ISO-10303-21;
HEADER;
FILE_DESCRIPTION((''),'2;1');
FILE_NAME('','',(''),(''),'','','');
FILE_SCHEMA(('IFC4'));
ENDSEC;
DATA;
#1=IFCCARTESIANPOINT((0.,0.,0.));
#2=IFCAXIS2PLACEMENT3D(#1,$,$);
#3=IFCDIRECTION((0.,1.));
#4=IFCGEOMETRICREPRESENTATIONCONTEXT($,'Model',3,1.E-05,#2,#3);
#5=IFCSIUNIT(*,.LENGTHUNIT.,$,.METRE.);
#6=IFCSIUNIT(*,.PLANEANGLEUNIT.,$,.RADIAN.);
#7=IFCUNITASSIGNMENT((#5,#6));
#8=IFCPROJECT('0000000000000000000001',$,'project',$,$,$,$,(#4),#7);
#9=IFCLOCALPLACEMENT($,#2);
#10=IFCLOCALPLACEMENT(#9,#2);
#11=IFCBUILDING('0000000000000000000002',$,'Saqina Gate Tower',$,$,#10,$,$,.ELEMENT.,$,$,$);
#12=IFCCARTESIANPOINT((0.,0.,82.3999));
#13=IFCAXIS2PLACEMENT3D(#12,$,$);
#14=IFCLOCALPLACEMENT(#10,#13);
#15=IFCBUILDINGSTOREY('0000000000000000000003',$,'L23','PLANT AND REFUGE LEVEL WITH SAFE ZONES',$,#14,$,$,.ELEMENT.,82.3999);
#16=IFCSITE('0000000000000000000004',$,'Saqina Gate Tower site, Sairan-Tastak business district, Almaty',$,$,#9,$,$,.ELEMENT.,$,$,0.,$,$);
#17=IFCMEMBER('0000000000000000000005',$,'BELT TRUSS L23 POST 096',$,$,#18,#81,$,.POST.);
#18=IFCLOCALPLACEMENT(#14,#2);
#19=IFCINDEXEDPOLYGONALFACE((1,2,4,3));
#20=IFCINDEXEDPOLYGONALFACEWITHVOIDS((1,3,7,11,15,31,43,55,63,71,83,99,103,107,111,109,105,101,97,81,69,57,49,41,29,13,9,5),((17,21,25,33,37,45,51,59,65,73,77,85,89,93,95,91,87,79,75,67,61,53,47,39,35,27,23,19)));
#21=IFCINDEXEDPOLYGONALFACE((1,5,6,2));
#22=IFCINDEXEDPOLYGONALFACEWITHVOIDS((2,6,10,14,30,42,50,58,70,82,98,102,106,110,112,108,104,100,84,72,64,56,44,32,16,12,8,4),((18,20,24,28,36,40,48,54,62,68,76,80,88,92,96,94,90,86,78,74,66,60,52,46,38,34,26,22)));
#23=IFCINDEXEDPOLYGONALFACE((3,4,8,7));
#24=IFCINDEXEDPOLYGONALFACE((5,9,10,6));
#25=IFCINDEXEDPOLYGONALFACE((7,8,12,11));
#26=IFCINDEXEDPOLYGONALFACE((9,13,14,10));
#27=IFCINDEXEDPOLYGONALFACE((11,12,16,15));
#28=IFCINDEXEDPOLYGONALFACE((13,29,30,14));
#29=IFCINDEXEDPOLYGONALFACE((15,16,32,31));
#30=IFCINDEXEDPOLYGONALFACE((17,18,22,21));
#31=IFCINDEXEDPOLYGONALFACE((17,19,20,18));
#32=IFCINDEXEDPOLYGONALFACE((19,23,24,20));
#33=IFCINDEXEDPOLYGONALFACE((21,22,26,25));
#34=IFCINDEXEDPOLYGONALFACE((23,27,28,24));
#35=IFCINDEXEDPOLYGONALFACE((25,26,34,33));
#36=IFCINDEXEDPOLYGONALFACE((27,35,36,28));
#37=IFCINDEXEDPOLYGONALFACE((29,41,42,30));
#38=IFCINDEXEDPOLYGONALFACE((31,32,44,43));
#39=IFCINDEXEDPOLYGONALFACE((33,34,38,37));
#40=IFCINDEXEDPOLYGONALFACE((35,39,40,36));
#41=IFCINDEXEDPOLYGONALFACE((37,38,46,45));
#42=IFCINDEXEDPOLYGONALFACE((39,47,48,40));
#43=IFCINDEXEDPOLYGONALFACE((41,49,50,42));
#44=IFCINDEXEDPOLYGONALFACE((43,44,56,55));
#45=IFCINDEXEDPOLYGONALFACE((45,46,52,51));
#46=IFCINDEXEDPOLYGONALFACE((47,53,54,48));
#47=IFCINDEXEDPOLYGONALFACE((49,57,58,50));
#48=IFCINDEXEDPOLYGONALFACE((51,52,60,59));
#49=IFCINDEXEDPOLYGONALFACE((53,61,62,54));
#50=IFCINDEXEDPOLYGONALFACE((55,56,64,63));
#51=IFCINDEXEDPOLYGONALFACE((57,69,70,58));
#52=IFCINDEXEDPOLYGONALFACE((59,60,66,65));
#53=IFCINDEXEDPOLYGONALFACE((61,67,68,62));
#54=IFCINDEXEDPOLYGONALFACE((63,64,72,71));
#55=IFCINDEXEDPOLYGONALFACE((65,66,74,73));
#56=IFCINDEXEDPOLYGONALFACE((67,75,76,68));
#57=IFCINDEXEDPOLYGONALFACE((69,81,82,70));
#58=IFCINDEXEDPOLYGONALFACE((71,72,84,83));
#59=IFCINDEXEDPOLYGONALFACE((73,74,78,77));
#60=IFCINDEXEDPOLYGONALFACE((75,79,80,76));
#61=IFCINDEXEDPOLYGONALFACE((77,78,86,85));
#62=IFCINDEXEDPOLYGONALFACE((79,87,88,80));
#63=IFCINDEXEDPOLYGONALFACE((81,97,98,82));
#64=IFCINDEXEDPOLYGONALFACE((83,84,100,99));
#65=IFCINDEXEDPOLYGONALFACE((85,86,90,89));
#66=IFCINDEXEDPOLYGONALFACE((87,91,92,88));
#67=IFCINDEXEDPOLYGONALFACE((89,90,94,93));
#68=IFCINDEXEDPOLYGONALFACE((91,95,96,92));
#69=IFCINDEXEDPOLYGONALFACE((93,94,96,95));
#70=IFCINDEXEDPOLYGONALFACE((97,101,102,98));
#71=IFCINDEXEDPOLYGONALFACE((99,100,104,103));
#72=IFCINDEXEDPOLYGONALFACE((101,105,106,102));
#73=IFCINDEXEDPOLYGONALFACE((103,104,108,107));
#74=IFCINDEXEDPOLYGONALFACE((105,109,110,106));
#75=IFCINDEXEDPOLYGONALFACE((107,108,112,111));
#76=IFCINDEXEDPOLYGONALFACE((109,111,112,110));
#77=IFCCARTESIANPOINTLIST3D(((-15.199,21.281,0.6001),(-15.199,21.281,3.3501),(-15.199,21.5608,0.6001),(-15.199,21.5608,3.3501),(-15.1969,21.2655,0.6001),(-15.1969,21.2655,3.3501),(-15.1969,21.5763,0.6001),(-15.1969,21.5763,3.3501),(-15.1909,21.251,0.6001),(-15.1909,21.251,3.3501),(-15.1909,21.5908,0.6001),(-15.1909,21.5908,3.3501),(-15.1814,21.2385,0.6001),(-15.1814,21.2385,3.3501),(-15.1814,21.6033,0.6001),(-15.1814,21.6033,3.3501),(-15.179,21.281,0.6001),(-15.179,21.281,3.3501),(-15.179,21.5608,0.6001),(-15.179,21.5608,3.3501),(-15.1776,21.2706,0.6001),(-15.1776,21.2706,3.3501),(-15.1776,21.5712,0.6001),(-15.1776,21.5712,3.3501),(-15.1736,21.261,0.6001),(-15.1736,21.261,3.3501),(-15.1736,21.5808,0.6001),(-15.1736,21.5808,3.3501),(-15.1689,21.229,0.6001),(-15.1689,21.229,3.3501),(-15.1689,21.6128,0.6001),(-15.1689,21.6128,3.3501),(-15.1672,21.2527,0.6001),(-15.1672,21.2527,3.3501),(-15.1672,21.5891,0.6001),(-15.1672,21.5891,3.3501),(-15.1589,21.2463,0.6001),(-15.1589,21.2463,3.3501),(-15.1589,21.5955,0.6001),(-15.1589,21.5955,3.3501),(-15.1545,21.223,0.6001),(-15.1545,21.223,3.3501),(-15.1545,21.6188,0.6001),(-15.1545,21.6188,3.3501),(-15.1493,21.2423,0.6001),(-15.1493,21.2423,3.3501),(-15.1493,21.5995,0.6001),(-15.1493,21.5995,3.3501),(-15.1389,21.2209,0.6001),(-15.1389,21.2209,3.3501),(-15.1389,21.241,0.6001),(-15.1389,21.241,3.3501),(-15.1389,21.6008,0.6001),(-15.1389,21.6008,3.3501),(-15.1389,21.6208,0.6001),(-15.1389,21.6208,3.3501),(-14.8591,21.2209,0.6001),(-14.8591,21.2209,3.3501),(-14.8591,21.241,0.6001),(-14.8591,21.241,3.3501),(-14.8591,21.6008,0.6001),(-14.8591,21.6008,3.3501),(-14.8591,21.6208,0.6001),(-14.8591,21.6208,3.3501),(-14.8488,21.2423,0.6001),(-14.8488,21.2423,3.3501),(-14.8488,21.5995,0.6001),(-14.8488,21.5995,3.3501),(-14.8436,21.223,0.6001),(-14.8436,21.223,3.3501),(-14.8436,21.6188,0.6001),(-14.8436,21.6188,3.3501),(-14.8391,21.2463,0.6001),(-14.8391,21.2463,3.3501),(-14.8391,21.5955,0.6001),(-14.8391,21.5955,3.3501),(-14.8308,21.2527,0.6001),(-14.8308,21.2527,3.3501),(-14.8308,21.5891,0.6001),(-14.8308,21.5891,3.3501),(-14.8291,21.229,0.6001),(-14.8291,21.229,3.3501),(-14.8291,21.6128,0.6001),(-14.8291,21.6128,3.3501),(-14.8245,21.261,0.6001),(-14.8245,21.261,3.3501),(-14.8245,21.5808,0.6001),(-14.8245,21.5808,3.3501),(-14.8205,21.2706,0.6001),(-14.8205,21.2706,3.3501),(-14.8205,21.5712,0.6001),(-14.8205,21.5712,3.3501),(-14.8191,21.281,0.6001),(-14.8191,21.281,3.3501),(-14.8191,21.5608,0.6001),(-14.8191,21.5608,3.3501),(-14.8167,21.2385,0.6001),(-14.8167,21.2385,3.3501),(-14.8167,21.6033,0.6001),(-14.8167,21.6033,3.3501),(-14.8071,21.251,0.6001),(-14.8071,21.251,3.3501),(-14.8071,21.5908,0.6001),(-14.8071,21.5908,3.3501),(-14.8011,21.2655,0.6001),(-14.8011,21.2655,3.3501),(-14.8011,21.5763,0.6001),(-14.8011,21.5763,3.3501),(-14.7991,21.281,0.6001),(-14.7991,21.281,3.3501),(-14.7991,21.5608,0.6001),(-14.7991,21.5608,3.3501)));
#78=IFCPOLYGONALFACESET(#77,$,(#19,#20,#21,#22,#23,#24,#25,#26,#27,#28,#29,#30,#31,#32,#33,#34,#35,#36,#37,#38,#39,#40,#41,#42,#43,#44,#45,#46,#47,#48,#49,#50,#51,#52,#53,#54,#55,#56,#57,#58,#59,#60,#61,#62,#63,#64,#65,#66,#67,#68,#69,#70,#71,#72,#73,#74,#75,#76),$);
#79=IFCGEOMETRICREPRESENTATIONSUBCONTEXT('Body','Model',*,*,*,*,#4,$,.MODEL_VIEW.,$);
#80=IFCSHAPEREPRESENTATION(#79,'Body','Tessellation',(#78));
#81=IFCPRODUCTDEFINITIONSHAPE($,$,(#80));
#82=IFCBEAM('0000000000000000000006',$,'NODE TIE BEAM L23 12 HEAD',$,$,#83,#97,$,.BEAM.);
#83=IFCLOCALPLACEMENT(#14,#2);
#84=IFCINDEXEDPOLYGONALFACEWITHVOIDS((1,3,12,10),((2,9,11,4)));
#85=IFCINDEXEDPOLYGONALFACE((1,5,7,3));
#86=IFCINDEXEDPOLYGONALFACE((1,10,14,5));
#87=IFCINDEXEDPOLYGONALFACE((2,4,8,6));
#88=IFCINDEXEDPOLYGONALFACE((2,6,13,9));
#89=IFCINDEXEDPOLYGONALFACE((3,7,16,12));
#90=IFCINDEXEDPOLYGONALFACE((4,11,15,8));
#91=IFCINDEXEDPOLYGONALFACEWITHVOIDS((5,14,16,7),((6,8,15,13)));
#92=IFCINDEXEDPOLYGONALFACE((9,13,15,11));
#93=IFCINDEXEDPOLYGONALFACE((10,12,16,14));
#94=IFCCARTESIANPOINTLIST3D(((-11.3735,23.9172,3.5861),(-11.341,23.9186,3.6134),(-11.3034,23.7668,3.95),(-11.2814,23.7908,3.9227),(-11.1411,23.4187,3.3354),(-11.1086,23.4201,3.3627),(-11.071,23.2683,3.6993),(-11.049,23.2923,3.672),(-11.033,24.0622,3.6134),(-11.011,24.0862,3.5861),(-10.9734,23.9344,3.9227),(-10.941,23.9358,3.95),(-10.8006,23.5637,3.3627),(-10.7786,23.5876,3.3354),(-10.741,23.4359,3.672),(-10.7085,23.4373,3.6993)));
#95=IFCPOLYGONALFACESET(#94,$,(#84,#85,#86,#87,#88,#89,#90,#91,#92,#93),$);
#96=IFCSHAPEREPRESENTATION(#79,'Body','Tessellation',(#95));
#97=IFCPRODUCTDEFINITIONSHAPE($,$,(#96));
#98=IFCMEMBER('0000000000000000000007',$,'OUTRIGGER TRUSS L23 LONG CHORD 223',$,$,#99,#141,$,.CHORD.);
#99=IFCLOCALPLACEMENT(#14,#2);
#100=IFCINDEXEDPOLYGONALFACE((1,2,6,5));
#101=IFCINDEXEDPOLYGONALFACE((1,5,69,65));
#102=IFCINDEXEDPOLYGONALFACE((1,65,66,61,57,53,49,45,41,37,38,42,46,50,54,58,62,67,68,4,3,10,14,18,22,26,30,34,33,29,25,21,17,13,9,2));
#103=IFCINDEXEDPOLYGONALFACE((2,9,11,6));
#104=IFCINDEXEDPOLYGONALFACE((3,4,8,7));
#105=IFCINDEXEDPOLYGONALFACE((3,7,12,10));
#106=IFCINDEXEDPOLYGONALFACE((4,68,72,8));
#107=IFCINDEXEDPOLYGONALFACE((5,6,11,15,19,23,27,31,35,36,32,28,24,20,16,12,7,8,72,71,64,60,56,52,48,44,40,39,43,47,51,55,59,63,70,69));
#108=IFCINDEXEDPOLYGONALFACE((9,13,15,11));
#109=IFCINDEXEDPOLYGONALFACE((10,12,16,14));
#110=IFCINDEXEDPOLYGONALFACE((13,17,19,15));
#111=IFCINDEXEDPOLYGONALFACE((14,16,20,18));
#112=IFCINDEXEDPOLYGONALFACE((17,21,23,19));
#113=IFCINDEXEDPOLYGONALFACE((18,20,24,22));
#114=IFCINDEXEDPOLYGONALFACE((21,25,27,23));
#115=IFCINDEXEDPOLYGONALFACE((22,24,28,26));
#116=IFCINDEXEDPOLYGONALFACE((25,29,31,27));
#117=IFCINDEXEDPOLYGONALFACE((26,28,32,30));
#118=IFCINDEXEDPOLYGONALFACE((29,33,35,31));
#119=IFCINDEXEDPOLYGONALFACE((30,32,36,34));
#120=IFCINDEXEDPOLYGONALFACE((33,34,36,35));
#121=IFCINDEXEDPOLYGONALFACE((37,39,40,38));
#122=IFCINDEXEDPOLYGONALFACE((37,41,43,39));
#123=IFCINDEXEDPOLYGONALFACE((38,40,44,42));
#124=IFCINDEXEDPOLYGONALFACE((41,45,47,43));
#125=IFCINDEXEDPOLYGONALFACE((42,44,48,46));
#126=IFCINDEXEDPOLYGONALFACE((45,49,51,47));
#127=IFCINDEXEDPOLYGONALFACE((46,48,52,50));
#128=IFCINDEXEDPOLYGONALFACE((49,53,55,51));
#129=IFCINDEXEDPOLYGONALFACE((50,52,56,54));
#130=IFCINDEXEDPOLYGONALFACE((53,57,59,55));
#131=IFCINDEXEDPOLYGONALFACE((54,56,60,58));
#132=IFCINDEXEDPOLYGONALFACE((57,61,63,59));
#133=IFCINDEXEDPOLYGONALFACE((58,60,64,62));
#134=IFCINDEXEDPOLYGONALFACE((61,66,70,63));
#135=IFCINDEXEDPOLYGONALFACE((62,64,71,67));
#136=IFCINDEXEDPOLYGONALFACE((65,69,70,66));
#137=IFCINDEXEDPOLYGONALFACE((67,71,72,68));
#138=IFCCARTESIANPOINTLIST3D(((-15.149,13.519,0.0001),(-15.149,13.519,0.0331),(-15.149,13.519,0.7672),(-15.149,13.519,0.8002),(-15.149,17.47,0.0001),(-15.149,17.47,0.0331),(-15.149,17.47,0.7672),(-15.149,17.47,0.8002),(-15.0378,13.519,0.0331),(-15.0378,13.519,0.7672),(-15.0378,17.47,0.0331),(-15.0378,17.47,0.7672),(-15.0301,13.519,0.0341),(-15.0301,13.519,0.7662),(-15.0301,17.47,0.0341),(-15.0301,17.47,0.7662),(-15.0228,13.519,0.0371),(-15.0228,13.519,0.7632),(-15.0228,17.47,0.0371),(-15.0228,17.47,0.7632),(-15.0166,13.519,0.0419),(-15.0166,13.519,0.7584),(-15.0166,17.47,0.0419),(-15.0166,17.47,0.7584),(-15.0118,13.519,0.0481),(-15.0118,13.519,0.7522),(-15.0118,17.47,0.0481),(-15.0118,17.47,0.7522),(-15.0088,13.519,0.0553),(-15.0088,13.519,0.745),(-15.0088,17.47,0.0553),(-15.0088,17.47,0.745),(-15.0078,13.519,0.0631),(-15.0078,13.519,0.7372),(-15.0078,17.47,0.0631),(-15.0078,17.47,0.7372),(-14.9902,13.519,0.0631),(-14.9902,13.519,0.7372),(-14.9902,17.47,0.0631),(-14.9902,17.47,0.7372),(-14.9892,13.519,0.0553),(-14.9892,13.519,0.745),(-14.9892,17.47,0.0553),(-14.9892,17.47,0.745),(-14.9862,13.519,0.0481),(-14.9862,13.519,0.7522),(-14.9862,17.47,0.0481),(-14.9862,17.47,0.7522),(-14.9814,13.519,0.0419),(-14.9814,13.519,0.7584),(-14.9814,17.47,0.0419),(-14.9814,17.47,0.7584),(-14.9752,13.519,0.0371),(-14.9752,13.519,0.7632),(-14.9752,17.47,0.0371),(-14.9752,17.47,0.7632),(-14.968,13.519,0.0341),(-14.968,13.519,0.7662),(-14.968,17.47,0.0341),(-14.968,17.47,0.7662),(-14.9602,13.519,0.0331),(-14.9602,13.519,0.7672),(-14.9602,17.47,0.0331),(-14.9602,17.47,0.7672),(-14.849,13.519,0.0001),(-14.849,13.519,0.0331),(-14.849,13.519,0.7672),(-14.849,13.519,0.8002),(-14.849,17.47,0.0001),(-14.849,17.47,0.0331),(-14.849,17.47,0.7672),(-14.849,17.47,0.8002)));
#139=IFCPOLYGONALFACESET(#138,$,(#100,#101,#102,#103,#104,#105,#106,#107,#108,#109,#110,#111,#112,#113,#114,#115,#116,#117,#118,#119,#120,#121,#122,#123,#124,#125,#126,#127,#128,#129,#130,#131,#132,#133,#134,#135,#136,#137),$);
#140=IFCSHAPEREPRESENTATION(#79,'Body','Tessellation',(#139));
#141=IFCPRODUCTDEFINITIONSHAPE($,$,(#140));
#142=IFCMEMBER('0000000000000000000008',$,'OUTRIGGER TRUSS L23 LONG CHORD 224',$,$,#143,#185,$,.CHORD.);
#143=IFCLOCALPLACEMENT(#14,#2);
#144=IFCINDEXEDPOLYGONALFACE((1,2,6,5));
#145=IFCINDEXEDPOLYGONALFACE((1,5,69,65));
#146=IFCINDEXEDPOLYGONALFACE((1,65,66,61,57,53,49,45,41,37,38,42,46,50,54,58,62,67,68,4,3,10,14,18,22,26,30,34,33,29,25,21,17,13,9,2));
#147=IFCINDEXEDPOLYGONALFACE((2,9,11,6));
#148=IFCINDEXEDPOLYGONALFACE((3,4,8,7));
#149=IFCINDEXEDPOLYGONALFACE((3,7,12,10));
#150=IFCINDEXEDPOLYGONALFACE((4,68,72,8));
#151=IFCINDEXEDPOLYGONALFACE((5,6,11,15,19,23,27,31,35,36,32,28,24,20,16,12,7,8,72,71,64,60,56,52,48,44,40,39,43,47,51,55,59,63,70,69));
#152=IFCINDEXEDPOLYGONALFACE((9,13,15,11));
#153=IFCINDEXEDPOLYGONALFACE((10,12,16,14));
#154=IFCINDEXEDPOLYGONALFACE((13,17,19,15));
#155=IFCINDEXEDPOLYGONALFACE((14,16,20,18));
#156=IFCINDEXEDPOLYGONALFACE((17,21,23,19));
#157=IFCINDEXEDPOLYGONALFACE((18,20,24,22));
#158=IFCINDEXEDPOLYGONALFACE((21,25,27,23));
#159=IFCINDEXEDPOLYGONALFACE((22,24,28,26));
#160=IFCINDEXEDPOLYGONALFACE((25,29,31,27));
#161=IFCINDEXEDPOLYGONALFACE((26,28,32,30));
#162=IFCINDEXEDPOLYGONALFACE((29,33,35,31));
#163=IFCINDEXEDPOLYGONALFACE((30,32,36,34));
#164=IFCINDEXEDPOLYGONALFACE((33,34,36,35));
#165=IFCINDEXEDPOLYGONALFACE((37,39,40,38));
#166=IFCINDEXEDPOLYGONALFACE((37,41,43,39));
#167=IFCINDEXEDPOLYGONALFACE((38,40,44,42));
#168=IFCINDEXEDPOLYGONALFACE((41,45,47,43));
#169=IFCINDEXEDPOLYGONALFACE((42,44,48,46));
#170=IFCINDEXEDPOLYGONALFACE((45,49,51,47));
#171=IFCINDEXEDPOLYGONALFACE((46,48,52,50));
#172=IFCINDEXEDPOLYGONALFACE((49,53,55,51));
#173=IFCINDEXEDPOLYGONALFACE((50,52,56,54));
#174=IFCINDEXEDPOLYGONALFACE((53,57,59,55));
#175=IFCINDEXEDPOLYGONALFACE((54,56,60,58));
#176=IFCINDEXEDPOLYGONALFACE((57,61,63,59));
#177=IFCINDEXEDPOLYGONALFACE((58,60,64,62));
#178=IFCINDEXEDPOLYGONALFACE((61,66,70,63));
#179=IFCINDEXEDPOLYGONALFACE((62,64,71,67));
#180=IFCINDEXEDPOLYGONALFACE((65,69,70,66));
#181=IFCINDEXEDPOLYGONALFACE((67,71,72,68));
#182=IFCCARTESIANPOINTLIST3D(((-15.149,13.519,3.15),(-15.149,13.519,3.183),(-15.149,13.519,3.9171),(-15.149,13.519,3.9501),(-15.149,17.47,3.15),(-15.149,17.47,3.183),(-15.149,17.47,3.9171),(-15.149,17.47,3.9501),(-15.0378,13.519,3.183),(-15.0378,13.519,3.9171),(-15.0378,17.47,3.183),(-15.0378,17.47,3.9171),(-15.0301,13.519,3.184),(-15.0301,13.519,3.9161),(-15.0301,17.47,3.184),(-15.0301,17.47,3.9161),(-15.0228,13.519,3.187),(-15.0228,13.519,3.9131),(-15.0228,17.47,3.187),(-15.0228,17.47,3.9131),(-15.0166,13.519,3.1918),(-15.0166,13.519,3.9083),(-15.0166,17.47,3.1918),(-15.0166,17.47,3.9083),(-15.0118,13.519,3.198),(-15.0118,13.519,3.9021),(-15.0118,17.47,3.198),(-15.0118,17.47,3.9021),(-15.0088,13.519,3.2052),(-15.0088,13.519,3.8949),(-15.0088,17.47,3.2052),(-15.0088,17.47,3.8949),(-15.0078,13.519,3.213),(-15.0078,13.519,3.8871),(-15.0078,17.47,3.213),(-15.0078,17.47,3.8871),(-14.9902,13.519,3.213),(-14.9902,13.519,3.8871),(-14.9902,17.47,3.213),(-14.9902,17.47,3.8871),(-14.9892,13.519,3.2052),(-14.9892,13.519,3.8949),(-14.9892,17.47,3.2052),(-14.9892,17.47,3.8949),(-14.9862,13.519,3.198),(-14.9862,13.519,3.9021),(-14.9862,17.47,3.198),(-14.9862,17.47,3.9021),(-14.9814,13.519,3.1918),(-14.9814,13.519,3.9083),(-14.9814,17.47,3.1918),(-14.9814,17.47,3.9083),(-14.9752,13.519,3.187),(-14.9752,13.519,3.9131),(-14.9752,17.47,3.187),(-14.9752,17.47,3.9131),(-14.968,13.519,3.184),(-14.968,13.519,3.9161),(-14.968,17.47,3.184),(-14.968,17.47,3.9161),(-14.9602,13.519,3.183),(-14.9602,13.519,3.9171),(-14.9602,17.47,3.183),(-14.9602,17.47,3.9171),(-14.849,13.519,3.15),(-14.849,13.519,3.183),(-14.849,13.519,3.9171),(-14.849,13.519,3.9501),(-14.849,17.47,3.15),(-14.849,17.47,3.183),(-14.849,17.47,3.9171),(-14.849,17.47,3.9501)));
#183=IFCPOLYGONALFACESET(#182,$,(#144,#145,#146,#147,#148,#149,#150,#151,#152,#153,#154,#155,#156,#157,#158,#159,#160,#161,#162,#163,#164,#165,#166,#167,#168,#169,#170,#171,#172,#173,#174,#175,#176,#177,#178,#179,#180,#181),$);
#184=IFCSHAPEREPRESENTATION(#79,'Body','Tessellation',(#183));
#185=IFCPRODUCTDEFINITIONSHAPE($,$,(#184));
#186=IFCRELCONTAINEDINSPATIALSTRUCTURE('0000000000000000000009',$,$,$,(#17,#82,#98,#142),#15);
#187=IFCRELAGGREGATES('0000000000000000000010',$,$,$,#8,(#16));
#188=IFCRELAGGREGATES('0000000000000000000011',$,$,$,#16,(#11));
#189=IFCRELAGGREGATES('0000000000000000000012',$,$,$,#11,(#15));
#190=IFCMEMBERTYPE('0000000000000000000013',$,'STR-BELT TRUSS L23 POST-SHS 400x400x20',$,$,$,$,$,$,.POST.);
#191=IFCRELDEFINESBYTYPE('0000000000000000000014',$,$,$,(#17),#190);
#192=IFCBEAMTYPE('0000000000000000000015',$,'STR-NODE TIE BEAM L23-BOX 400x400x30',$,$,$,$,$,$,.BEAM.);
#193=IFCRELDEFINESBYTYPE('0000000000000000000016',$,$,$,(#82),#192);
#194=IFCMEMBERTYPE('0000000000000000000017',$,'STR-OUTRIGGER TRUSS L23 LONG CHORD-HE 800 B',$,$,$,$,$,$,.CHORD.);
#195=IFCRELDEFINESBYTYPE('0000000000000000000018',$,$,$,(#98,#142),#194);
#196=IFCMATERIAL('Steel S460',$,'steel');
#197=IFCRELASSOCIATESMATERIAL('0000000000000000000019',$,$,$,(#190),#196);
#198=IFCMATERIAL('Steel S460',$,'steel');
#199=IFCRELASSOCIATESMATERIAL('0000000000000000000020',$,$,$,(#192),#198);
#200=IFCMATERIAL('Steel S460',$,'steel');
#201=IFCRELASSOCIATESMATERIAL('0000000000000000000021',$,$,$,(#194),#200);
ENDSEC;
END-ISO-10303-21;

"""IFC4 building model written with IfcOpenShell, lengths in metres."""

from ifc_helpers import new_model, si_unit, direction, frame, origin, origin_2d, place, context, subcontext, project, spatial, hollow_rectangle, i_section, extrude, material, material_profile, profile_set, type_object, element, save


model = new_model("IFC4")

# Units and contexts
model_context = context("Model", 3, precision=1e-05, world=origin(), true_north=direction((0.0, 1.0)))
body_context = subcontext(model_context, "Body", "Model", "MODEL_VIEW")
ifc_project = project(units=[si_unit("LENGTHUNIT", "METRE"), si_unit("PLANEANGLEUNIT", "RADIAN")], contexts=[model_context])

# Site, building, storey
site_placement = place(None, origin())
site = spatial("IfcSite", under=ifc_project, at=site_placement, Name="Saqina Gate Tower site, Sairan-Tastak business district, Almaty", CompositionType="ELEMENT", RefElevation=0.0)
building_placement = place(site_placement, origin())
building = spatial("IfcBuilding", under=site, at=building_placement, Name="Saqina Gate Tower", CompositionType="ELEMENT")
storey_placement = place(building_placement, frame((0.0, 0.0, 82.3999)))
storey = spatial("IfcBuildingStorey", under=building, at=storey_placement, Name="L23", Description="PLANT AND REFUGE LEVEL WITH SAFE ZONES", CompositionType="ELEMENT", Elevation=82.3999)

# Member
ifc_material_1 = material(Name="Steel S460", Category="steel")
ifc_material_profile_1 = material_profile(ifc_material_1, hollow_rectangle(XDim=0.3999, YDim=0.3999, WallThickness=0.02, InnerFilletRadius=0.04, OuterFilletRadius=0.0601, at=origin_2d()), Name="SHS 400x400x20")
ifc_profile_set_1 = profile_set([ifc_material_profile_1], Name="Steel S460")
member_type_1 = type_object("IfcMemberType", Name="STR-BELT TRUSS L23 POST-SHS 400x400x20", PredefinedType="POST", material=ifc_profile_set_1)
for number, where, z_axis, x_axis, name in (
    (1, (-14.999, 21.4209, 0.6001), (0.0, 0.0, 1.0), (1.0, 0.0, 0.0), "BELT TRUSS L23 POST 096"),
):
    element("IfcMember", number, at=place(storey_placement, frame(where, z_axis=z_axis, x_axis=x_axis)), inside=storey, type_object=member_type_1, Name=name, PredefinedType="POST", context=body_context, shape_type="SweptSolid", body=[
        extrude(hollow_rectangle(XDim=0.3999, YDim=0.3999, WallThickness=0.02, InnerFilletRadius=0.04, OuterFilletRadius=0.0601, at=origin_2d()), origin(), (0.0, 0.0, 1.0), 2.75),
    ])

# Beam
ifc_material_2 = material(Name="Steel S460", Category="steel")
ifc_material_profile_2 = material_profile(ifc_material_2, hollow_rectangle(XDim=0.3999, YDim=0.3999, WallThickness=0.03, at=origin_2d()), Name="BOX 400x400x30")
ifc_profile_set_2 = profile_set([ifc_material_profile_2], Name="Steel S460")
beam_type = type_object("IfcBeamType", Name="STR-NODE TIE BEAM L23-BOX 400x400x30", PredefinedType="BEAM", material=ifc_profile_set_2)
beam_placement = place(storey_placement, frame((-10.9248, 23.428, 3.5173), z_axis=(-0.384484, 0.824702, 0.414774), x_axis=(-0.906342, -0.422545, 0.0)))
element("IfcBeam", 2, at=beam_placement, inside=storey, type_object=beam_type, Name="NODE TIE BEAM L23 12 HEAD", PredefinedType="BEAM", context=body_context, shape_type="SweptSolid", body=[
    extrude(hollow_rectangle(XDim=0.3999, YDim=0.3999, WallThickness=0.03, at=origin_2d()), origin(), (0.0, 0.0, 1.0), 0.6045),
])

# Members
ifc_material_3 = material(Name="Steel S460", Category="steel")
ifc_material_profile_3 = material_profile(ifc_material_3, i_section(OverallWidth=0.3, OverallDepth=0.8, WebThickness=0.0176, FlangeThickness=0.033, FilletRadius=0.03, at=origin_2d()), Name="HE 800 B")
ifc_profile_set_3 = profile_set([ifc_material_profile_3], Name="Steel S460")
member_type_2 = type_object("IfcMemberType", Name="STR-OUTRIGGER TRUSS L23 LONG CHORD-HE 800 B", PredefinedType="CHORD", material=ifc_profile_set_3)
for number, where, z_axis, x_axis, name in (
    (3, (-14.999, 13.519, 0.4001), (0.0, 1.0, 0.0), (-1.0, 0.0, 0.0), "OUTRIGGER TRUSS L23 LONG CHORD 223"),
    (4, (-14.999, 13.519, 3.55), (0.0, 1.0, 0.0), (-1.0, 0.0, 0.0), "OUTRIGGER TRUSS L23 LONG CHORD 224"),
):
    element("IfcMember", number, at=place(storey_placement, frame(where, z_axis=z_axis, x_axis=x_axis)), inside=storey, type_object=member_type_2, Name=name, PredefinedType="CHORD", context=body_context, shape_type="SweptSolid", body=[
        extrude(i_section(OverallWidth=0.3, OverallDepth=0.8, WebThickness=0.0176, FlangeThickness=0.033, FilletRadius=0.03, at=origin_2d()), origin(), (0.0, 0.0, 1.0), 3.9509),
    ])

save(model, "model.ifc")
